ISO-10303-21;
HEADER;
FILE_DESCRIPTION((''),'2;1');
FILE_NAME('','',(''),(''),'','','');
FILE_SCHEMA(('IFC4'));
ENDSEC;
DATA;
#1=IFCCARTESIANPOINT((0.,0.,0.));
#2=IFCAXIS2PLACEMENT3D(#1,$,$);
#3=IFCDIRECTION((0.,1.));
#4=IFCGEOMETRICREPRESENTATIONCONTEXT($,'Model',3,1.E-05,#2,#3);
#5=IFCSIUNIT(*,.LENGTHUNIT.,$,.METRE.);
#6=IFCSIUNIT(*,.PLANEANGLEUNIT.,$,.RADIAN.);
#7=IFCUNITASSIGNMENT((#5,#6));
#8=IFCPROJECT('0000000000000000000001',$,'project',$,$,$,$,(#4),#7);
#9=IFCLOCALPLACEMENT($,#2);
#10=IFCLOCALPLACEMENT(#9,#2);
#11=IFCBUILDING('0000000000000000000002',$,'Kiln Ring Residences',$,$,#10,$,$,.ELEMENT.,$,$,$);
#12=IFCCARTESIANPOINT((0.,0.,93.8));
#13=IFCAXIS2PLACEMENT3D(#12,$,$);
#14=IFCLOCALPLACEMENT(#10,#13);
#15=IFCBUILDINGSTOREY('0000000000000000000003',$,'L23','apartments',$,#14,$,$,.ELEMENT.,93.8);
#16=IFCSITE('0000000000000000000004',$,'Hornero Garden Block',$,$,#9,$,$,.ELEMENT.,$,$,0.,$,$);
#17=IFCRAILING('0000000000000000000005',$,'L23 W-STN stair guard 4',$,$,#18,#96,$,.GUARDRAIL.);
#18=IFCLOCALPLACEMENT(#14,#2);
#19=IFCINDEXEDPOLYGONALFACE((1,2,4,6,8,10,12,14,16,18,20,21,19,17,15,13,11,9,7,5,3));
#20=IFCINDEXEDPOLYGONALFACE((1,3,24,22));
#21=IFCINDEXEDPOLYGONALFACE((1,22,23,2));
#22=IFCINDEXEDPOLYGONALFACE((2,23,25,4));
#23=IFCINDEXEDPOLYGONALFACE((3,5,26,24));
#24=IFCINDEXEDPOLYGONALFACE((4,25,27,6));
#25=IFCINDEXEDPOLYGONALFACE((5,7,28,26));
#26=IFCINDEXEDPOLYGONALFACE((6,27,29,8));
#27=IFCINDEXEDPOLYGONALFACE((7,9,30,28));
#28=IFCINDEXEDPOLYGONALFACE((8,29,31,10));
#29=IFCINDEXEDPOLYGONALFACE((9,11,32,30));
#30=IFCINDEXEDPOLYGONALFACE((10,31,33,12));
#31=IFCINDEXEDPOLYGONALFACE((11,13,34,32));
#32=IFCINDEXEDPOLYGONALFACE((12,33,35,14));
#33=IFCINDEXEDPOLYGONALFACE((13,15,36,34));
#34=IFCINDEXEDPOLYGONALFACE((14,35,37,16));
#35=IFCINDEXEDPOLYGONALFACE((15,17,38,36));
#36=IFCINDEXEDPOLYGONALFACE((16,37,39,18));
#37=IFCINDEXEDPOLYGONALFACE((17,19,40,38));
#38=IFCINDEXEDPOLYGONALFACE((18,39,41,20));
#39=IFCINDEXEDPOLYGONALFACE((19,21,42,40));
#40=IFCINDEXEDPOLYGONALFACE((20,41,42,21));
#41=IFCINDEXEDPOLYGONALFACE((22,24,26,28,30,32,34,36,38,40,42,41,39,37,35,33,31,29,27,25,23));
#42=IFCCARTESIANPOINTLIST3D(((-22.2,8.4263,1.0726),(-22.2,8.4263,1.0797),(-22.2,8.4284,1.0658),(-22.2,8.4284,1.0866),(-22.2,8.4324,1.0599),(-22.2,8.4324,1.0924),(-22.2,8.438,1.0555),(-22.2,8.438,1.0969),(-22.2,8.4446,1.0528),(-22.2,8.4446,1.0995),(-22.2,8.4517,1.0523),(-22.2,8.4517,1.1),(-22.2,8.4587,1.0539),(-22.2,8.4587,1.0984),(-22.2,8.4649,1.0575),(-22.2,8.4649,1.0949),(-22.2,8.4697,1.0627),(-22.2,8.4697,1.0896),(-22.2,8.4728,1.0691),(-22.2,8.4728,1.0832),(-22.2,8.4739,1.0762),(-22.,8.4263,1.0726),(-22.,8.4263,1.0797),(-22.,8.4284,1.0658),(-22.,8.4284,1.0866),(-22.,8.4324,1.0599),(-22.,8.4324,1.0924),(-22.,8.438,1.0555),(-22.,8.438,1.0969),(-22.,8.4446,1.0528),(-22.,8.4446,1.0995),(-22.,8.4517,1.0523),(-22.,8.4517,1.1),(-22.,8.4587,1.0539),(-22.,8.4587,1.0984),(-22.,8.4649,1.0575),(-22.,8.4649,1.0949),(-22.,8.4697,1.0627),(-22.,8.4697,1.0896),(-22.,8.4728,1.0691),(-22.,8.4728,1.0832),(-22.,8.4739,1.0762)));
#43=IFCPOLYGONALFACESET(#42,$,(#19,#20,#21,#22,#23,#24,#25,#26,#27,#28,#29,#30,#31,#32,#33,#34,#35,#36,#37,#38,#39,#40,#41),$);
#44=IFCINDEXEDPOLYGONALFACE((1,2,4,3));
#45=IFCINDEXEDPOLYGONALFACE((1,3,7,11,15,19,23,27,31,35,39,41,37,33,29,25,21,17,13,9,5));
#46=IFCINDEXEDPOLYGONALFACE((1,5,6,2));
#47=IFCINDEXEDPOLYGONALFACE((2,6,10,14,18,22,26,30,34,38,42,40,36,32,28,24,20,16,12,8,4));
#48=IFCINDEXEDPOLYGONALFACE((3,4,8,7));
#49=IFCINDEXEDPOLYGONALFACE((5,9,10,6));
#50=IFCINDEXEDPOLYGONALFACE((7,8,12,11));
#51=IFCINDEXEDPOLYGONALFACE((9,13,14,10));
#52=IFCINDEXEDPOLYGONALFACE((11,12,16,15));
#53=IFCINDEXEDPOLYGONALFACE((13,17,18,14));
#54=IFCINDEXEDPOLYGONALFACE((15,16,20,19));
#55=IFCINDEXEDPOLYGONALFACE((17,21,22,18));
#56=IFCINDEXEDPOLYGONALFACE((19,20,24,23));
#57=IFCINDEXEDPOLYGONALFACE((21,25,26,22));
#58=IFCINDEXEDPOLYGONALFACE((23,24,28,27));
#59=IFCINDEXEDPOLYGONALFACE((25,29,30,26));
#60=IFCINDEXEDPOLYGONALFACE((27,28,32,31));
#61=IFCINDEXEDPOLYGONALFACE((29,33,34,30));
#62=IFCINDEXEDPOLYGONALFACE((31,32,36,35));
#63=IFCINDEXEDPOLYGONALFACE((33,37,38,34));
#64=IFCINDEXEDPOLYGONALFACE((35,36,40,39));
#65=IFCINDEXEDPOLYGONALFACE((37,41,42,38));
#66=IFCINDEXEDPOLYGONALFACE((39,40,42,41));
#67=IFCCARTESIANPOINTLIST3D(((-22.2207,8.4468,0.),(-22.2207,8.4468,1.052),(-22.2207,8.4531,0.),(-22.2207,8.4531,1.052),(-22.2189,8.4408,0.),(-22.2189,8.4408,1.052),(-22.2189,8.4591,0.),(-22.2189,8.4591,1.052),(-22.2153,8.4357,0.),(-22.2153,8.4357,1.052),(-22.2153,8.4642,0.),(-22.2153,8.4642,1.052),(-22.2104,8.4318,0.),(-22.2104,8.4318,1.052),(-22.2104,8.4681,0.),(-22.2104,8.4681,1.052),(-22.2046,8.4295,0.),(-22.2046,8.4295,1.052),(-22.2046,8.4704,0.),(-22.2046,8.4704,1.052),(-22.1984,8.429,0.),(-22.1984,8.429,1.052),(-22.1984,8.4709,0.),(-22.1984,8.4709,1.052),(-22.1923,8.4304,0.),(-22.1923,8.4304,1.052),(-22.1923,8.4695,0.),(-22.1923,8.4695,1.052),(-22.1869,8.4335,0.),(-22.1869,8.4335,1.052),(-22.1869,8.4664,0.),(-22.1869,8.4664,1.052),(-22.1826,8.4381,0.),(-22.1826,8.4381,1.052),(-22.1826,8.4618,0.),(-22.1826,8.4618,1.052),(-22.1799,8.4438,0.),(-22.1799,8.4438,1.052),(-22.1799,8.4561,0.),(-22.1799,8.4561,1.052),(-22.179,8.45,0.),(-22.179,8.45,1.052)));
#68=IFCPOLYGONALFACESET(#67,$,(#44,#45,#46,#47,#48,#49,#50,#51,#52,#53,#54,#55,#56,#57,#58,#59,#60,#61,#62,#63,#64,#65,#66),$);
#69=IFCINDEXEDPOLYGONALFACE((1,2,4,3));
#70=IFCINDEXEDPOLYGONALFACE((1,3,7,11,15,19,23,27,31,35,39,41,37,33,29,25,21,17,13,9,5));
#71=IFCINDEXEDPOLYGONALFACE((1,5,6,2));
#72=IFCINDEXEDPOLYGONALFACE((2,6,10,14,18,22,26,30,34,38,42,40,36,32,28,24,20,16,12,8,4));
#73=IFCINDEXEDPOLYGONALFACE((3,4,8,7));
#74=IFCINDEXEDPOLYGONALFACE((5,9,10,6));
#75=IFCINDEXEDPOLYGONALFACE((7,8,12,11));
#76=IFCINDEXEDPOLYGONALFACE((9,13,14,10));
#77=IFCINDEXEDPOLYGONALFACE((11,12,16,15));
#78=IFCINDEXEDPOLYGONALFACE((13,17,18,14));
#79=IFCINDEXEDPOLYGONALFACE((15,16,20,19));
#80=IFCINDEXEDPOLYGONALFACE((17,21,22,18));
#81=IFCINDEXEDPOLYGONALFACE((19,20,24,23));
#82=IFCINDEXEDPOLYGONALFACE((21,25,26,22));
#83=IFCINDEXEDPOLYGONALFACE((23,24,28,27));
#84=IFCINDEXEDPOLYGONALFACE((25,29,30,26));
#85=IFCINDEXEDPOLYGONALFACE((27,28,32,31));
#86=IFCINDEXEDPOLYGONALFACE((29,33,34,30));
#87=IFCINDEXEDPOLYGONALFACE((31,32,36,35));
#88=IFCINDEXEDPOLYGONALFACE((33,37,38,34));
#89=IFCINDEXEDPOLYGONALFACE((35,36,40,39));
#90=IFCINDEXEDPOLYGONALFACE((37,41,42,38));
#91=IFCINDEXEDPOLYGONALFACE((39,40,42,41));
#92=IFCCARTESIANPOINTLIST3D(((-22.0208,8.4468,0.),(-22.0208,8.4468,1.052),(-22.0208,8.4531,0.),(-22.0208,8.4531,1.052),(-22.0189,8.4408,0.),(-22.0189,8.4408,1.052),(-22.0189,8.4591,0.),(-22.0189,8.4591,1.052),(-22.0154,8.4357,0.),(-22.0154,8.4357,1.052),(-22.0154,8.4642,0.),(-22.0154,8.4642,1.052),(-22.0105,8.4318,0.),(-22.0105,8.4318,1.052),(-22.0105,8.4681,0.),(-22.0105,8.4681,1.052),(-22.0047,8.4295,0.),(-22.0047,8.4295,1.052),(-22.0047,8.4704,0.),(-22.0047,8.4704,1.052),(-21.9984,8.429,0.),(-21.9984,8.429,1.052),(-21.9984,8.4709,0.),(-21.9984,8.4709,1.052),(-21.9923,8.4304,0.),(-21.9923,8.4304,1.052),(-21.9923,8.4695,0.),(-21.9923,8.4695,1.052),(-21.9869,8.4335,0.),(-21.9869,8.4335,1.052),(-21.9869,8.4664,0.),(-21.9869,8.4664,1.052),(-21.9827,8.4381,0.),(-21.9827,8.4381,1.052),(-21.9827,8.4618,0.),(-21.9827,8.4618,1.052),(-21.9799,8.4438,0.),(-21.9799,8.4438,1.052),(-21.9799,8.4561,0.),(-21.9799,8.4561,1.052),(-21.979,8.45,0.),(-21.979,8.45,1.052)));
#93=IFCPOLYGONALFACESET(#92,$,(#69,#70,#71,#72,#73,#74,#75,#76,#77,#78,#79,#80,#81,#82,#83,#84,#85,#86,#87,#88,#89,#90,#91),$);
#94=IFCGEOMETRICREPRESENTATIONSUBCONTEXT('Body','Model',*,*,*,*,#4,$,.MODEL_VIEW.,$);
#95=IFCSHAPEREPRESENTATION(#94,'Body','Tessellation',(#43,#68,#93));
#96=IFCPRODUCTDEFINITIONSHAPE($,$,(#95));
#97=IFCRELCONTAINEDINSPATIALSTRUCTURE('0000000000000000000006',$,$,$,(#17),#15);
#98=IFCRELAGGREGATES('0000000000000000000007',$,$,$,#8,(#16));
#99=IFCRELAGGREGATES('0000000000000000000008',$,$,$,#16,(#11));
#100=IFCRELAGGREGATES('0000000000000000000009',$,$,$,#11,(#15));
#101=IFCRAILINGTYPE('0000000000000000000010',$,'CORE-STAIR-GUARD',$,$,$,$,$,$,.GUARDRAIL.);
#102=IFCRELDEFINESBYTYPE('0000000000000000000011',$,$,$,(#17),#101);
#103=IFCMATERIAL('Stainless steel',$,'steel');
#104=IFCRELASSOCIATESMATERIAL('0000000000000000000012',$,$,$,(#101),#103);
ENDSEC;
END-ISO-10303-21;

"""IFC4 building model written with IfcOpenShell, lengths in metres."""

from ifc_helpers import new_model, si_unit, direction, frame, origin, origin_2d, place, context, subcontext, project, spatial, circle, extrude, material, type_object, element, save


model = new_model("IFC4")

# Units and contexts
model_context = context("Model", 3, precision=1e-05, world=origin(), true_north=direction((0.0, 1.0)))
body_context = subcontext(model_context, "Body", "Model", "MODEL_VIEW")
ifc_project = project(units=[si_unit("LENGTHUNIT", "METRE"), si_unit("PLANEANGLEUNIT", "RADIAN")], contexts=[model_context])

# Site, building, storey
site_placement = place(None, origin())
site = spatial("IfcSite", under=ifc_project, at=site_placement, Name="Hornero Garden Block", CompositionType="ELEMENT", RefElevation=0.0)
building_placement = place(site_placement, origin())
building = spatial("IfcBuilding", under=site, at=building_placement, Name="Kiln Ring Residences", CompositionType="ELEMENT")
storey_placement = place(building_placement, frame((0.0, 0.0, 93.8)))
storey = spatial("IfcBuildingStorey", under=building, at=storey_placement, Name="L23", Description="apartments", CompositionType="ELEMENT", Elevation=93.8)

# Railing
ifc_material_1 = material(Name="Stainless steel", Category="steel")
railing_type_1 = type_object("IfcRailingType", Name="CORE-STAIR-GUARD", PredefinedType="GUARDRAIL", material=ifc_material_1)
railing_1_placement = place(storey_placement, frame((-22.2, 8.45, 0.0)))
element("IfcRailing", 1, at=railing_1_placement, inside=storey, type_object=railing_type_1, Name="L23 W-STN stair guard 4", PredefinedType="GUARDRAIL", context=body_context, shape_type="SweptSolid", body=[
    extrude(circle(Radius=0.0239, at=origin_2d()), frame((0.0, 0.0, 1.0762), z_axis=(1.0, 0.0, 0.0), x_axis=(0.0, 1.0, 0.0)), (0.0, 0.0, 1.0), 0.2),
    extrude(circle(Radius=0.021, at=origin_2d()), origin(), (0.0, 0.0, 1.0), 1.052),
    extrude(circle(Radius=0.021, at=origin_2d()), frame((0.2, 0.0, 0.0)), (0.0, 0.0, 1.0), 1.052),
])

save(model, "model.ifc")
